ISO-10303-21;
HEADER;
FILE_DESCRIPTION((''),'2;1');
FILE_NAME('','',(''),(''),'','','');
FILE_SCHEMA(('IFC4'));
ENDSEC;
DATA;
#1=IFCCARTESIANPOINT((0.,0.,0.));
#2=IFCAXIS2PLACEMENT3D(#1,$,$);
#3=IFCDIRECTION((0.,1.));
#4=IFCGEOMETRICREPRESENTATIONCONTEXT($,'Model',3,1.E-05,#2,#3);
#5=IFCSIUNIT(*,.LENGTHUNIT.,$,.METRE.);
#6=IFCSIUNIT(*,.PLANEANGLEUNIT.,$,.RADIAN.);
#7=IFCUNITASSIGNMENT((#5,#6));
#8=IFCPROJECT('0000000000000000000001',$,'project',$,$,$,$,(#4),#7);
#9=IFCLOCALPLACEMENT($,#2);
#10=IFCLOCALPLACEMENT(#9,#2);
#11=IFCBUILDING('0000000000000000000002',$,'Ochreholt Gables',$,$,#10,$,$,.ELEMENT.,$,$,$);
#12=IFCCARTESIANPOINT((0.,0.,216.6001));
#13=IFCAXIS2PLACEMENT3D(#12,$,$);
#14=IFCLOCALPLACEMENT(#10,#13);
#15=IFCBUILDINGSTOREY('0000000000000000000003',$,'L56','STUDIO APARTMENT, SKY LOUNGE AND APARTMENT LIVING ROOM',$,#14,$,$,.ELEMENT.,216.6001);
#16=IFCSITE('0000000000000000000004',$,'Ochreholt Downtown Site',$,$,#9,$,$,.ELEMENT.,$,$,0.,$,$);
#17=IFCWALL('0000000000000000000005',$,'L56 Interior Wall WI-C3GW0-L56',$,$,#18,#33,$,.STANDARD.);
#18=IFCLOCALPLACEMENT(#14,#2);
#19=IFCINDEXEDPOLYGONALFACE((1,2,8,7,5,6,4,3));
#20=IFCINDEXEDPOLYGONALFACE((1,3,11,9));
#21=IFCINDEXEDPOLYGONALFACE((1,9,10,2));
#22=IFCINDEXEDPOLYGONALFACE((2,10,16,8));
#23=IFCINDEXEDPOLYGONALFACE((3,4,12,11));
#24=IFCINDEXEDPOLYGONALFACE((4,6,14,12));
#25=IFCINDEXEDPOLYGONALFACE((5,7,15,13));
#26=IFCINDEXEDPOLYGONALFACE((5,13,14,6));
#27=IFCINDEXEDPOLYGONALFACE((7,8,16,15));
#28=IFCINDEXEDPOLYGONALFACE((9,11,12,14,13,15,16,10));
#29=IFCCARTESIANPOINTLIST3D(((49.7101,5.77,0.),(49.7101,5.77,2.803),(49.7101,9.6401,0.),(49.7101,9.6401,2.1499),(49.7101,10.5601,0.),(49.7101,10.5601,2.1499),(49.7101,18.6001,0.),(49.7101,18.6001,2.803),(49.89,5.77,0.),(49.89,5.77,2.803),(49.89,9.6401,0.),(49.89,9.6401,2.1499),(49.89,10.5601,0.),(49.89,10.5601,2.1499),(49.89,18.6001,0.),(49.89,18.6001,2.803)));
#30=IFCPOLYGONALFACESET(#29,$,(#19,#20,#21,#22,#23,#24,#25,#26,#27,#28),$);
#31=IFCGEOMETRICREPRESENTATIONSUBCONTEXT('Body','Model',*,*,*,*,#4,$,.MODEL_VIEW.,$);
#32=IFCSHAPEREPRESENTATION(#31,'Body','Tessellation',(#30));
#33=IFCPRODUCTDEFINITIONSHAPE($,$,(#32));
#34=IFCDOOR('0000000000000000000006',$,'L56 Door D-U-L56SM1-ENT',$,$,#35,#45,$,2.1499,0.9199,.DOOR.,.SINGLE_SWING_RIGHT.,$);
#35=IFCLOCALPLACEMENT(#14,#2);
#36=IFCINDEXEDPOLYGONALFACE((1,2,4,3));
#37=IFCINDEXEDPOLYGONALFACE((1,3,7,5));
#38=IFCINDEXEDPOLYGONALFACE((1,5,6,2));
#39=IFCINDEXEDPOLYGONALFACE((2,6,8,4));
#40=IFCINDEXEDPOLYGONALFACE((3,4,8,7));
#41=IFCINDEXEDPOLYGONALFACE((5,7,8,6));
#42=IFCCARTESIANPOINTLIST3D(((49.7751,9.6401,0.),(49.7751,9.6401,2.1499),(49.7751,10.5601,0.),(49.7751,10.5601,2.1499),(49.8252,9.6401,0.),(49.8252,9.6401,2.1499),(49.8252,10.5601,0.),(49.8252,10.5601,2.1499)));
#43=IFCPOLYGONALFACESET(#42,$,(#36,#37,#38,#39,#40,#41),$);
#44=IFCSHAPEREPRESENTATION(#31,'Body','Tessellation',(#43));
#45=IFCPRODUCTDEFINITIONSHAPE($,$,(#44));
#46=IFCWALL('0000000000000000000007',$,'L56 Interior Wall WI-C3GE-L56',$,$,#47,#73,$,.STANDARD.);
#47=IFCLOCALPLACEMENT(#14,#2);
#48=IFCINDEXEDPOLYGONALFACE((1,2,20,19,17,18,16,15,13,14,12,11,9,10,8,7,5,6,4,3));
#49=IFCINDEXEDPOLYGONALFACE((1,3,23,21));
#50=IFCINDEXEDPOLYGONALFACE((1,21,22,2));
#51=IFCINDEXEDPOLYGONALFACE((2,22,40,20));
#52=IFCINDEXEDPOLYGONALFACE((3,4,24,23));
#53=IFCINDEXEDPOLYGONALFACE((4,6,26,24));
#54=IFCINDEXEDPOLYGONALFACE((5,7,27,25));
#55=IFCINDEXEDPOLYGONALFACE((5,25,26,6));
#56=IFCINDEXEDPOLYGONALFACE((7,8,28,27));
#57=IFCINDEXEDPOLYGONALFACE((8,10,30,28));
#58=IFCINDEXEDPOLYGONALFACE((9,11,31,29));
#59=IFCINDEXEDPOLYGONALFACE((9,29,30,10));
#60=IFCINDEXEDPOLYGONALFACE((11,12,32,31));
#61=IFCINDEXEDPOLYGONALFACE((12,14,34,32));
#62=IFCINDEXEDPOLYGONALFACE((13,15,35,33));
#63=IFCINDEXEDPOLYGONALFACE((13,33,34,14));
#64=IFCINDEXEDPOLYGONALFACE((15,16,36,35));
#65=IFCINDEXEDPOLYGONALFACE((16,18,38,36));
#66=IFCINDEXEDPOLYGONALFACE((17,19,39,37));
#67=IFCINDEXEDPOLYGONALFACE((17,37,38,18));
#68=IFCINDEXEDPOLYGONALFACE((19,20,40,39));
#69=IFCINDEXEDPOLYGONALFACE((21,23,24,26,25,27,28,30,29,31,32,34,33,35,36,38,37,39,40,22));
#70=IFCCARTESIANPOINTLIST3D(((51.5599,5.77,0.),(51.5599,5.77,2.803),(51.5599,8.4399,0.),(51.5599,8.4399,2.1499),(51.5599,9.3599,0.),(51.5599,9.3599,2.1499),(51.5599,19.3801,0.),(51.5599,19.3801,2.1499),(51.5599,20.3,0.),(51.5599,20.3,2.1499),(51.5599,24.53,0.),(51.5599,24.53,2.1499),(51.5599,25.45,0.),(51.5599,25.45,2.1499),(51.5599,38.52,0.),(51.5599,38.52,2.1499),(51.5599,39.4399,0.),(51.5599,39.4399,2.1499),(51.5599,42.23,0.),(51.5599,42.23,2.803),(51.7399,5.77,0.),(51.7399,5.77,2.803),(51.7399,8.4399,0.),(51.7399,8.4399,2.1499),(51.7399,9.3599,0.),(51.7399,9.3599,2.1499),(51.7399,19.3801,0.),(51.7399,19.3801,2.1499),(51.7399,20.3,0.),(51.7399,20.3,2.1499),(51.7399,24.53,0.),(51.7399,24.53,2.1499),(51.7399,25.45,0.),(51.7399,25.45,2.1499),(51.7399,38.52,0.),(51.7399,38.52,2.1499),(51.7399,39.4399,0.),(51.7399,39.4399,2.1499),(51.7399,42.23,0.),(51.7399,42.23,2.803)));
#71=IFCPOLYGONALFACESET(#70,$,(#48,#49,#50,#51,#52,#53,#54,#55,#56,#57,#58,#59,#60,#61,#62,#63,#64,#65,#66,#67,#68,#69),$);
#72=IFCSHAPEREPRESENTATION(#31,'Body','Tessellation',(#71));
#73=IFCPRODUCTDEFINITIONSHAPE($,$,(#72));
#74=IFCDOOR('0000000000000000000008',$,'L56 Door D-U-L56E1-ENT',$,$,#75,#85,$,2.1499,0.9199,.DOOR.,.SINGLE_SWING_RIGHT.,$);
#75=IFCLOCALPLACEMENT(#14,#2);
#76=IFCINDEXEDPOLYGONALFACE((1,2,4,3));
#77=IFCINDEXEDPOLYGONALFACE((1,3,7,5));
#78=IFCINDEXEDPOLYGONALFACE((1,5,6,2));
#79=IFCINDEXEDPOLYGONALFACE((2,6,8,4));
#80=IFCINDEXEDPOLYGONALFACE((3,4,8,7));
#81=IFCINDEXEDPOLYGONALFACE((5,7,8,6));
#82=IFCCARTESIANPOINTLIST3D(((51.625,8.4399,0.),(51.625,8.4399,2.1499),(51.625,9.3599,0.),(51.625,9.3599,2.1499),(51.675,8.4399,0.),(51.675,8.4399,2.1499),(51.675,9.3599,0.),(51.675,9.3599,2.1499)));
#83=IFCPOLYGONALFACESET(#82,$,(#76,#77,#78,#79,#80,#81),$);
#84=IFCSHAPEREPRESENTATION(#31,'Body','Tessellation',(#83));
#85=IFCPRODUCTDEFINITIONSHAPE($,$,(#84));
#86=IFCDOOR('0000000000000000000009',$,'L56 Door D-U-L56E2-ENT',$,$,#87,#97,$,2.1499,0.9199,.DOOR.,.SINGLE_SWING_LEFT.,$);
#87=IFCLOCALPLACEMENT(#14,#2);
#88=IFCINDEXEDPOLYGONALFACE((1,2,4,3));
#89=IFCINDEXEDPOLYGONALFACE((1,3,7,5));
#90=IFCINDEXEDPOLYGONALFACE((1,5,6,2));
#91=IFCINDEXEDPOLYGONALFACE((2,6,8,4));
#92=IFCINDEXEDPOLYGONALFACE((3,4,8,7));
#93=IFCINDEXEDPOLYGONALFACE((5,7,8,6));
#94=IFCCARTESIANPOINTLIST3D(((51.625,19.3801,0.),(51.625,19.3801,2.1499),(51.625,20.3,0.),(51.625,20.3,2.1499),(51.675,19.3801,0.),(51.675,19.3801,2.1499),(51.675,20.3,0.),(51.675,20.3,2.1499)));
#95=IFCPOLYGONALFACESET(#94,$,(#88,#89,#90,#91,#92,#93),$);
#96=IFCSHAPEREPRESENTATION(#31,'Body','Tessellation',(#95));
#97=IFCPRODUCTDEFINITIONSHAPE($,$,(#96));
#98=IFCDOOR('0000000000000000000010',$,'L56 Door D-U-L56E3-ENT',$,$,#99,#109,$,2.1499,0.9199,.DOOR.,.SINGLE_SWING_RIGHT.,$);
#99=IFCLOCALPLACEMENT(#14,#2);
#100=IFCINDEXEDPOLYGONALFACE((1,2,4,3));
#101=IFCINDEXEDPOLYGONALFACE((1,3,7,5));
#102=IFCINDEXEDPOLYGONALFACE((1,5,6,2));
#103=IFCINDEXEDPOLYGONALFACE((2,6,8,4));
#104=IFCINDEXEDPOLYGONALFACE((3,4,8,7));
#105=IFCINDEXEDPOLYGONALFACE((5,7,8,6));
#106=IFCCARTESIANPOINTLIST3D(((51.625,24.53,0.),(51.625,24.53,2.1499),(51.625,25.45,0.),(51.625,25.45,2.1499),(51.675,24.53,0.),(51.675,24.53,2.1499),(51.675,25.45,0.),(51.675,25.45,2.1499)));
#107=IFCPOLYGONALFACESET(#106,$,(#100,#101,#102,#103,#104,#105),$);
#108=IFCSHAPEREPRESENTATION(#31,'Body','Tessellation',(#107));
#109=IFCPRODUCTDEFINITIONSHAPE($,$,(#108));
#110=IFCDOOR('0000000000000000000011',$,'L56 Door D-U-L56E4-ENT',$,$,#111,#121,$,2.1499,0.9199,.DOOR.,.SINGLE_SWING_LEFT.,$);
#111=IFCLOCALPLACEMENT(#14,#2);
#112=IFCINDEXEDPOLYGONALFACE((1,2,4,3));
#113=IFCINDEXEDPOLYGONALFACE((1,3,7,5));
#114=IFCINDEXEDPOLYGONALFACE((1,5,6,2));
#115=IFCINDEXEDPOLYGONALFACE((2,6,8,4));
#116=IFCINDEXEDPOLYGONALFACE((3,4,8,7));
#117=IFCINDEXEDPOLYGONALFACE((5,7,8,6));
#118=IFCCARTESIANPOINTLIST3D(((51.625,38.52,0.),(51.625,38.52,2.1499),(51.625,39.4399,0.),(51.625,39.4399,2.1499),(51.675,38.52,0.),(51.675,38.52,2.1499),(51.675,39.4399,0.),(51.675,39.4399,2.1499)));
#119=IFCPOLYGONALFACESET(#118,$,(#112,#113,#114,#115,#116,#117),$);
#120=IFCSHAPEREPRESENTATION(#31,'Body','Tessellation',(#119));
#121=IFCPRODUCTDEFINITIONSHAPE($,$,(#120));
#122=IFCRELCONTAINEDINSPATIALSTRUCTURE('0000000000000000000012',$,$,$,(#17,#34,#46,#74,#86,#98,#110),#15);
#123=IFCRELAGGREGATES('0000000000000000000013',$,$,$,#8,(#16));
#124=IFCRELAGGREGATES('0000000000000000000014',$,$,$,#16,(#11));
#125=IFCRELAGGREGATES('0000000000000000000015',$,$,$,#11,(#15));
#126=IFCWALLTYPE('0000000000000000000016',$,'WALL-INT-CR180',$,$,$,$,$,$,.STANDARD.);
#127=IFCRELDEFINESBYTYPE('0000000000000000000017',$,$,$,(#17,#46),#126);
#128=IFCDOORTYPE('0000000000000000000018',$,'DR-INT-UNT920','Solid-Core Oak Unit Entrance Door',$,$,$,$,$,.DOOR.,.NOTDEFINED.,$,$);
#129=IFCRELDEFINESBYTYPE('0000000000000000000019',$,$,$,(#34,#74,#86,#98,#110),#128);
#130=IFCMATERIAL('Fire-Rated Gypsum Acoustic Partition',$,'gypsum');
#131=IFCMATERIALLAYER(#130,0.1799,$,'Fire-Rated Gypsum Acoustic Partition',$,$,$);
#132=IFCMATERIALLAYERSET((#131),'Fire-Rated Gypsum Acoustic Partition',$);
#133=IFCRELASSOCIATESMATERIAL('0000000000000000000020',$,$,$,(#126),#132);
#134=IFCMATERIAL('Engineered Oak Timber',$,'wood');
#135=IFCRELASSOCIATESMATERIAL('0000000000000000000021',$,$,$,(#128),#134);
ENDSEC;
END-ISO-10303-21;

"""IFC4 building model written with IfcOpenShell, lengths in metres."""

from ifc_helpers import new_model, si_unit, direction, frame, frame_2d, origin, place, context, subcontext, project, spatial, rectangle, extrude, material, layer, layer_set, type_object, element, fill, save


model = new_model("IFC4")

# Units and contexts
model_context = context("Model", 3, precision=1e-05, world=origin(), true_north=direction((0.0, 1.0)))
body_context = subcontext(model_context, "Body", "Model", "MODEL_VIEW")
ifc_project = project(units=[si_unit("LENGTHUNIT", "METRE"), si_unit("PLANEANGLEUNIT", "RADIAN")], contexts=[model_context])

# Site, building, storey
site_placement = place(None, origin())
site = spatial("IfcSite", under=ifc_project, at=site_placement, Name="Ochreholt Downtown Site", CompositionType="ELEMENT", RefElevation=0.0)
building_placement = place(site_placement, origin())
building = spatial("IfcBuilding", under=site, at=building_placement, Name="Ochreholt Gables", CompositionType="ELEMENT")
storey_placement = place(building_placement, frame((0.0, 0.0, 216.6001)))
storey = spatial("IfcBuildingStorey", under=building, at=storey_placement, Name="L56", Description="STUDIO APARTMENT, SKY LOUNGE AND APARTMENT LIVING ROOM", CompositionType="ELEMENT", Elevation=216.6001)

# Wall, opening, door
ifc_material_1 = material(Name="Fire-Rated Gypsum Acoustic Partition", Category="gypsum")
ifc_layer_1 = layer(ifc_material_1, 0.1799, Name="Fire-Rated Gypsum Acoustic Partition")
ifc_layer_set_1 = layer_set([ifc_layer_1], Name="Fire-Rated Gypsum Acoustic Partition")
wall_type_1 = type_object("IfcWallType", Name="WALL-INT-CR180", PredefinedType="STANDARD", material=ifc_layer_set_1)
wall_1_placement = place(storey_placement, frame((49.8, 5.77, 0.0), z_axis=(0.0, 0.0, 1.0), x_axis=(0.0, 1.0, 0.0)))
wall_1 = element("IfcWall", 1, at=wall_1_placement, inside=storey, type_object=wall_type_1, Name="L56 Interior Wall WI-C3GW0-L56", PredefinedType="STANDARD", context=body_context, shape_type="SweptSolid", body=[
    extrude(rectangle(XDim=12.8301, YDim=0.1799, at=frame_2d((6.415, 0.0))), origin(), (0.0, 0.0, 1.0), 2.803),
])
opening_1_placement = place(wall_1_placement, frame((3.8701, 0.0, 0.0)))
opening_1 = element("IfcOpeningElement", 2, at=opening_1_placement, cuts=wall_1, PredefinedType="OPENING", context=body_context, shape_type="SweptSolid", body=[
    extrude(rectangle(XDim=0.9199, YDim=2.1499, at=frame_2d((0.46, 1.075))), frame((0.0, 0.0999, 0.0), z_axis=(0.0, -1.0, 0.0), x_axis=(1.0, 0.0, 0.0)), (0.0, 0.0, 1.0), 0.2),
])
ifc_material_2 = material(Name="Engineered Oak Timber", Category="wood")
door_type_1 = type_object("IfcDoorType", Name="DR-INT-UNT920", Description="Solid-Core Oak Unit Entrance Door", OperationType="NOTDEFINED", PredefinedType="DOOR", material=ifc_material_2)
door_1_placement = place(opening_1_placement, origin())
door_1 = element("IfcDoor", 3, at=door_1_placement, inside=storey, type_object=door_type_1, Name="L56 Door D-U-L56SM1-ENT", OperationType="SINGLE_SWING_RIGHT", OverallHeight=2.1499, OverallWidth=0.9199, PredefinedType="DOOR", context=body_context, shape_type="SweptSolid", body=[
    extrude(rectangle(XDim=0.9199, YDim=2.1499, at=frame_2d((0.46, 1.075))), frame((0.0, 0.0249, 0.0), z_axis=(0.0, -1.0, 0.0), x_axis=(1.0, 0.0, 0.0)), (0.0, 0.0, 1.0), 0.05),
])
fill(opening_1, door_1)

# Wall, openings, doors
wall_2_placement = place(storey_placement, frame((51.6499, 5.77, 0.0), z_axis=(0.0, 0.0, 1.0), x_axis=(0.0, 1.0, 0.0)))
wall_2 = element("IfcWall", 4, at=wall_2_placement, inside=storey, type_object=wall_type_1, Name="L56 Interior Wall WI-C3GE-L56", PredefinedType="STANDARD", context=body_context, shape_type="SweptSolid", body=[
    extrude(rectangle(XDim=36.46, YDim=0.1799, at=frame_2d((18.23, 0.0))), origin(), (0.0, 0.0, 1.0), 2.803),
])
opening_2_placement = place(wall_2_placement, frame((2.6699, 0.0, 0.0)))
opening_2 = element("IfcOpeningElement", 5, at=opening_2_placement, cuts=wall_2, PredefinedType="OPENING", context=body_context, shape_type="SweptSolid", body=[
    extrude(rectangle(XDim=0.9199, YDim=2.1499, at=frame_2d((0.46, 1.075))), frame((0.0, 0.0999, 0.0), z_axis=(0.0, -1.0, 0.0), x_axis=(1.0, 0.0, 0.0)), (0.0, 0.0, 1.0), 0.2),
])
opening_3_placement = place(wall_2_placement, frame((13.6101, 0.0, 0.0)))
opening_3 = element("IfcOpeningElement", 6, at=opening_3_placement, cuts=wall_2, PredefinedType="OPENING", context=body_context, shape_type="SweptSolid", body=[
    extrude(rectangle(XDim=0.9199, YDim=2.1499, at=frame_2d((0.46, 1.075))), frame((0.0, 0.0999, 0.0), z_axis=(0.0, -1.0, 0.0), x_axis=(1.0, 0.0, 0.0)), (0.0, 0.0, 1.0), 0.2),
])
opening_4_placement = place(wall_2_placement, frame((18.76, 0.0, 0.0)))
opening_4 = element("IfcOpeningElement", 7, at=opening_4_placement, cuts=wall_2, PredefinedType="OPENING", context=body_context, shape_type="SweptSolid", body=[
    extrude(rectangle(XDim=0.9199, YDim=2.1499, at=frame_2d((0.46, 1.075))), frame((0.0, 0.0999, 0.0), z_axis=(0.0, -1.0, 0.0), x_axis=(1.0, 0.0, 0.0)), (0.0, 0.0, 1.0), 0.2),
])
opening_5_placement = place(wall_2_placement, frame((32.75, 0.0, 0.0)))
opening_5 = element("IfcOpeningElement", 8, at=opening_5_placement, cuts=wall_2, PredefinedType="OPENING", context=body_context, shape_type="SweptSolid", body=[
    extrude(rectangle(XDim=0.9199, YDim=2.1499, at=frame_2d((0.46, 1.075))), frame((0.0, 0.0999, 0.0), z_axis=(0.0, -1.0, 0.0), x_axis=(1.0, 0.0, 0.0)), (0.0, 0.0, 1.0), 0.2),
])
door_2_placement = place(opening_2_placement, origin())
door_2 = element("IfcDoor", 9, at=door_2_placement, inside=storey, type_object=door_type_1, Name="L56 Door D-U-L56E1-ENT", OperationType="SINGLE_SWING_RIGHT", OverallHeight=2.1499, OverallWidth=0.9199, PredefinedType="DOOR", context=body_context, shape_type="SweptSolid", body=[
    extrude(rectangle(XDim=0.9199, YDim=2.1499, at=frame_2d((0.46, 1.075))), frame((0.0, 0.0249, 0.0), z_axis=(0.0, -1.0, 0.0), x_axis=(1.0, 0.0, 0.0)), (0.0, 0.0, 1.0), 0.05),
])
fill(opening_2, door_2)
door_3_placement = place(opening_3_placement, origin())
door_3 = element("IfcDoor", 10, at=door_3_placement, inside=storey, type_object=door_type_1, Name="L56 Door D-U-L56E2-ENT", OperationType="SINGLE_SWING_LEFT", OverallHeight=2.1499, OverallWidth=0.9199, PredefinedType="DOOR", context=body_context, shape_type="SweptSolid", body=[
    extrude(rectangle(XDim=0.9199, YDim=2.1499, at=frame_2d((0.46, 1.075))), frame((0.0, 0.0249, 0.0), z_axis=(0.0, -1.0, 0.0), x_axis=(1.0, 0.0, 0.0)), (0.0, 0.0, 1.0), 0.05),
])
fill(opening_3, door_3)
door_4_placement = place(opening_4_placement, origin())
door_4 = element("IfcDoor", 11, at=door_4_placement, inside=storey, type_object=door_type_1, Name="L56 Door D-U-L56E3-ENT", OperationType="SINGLE_SWING_RIGHT", OverallHeight=2.1499, OverallWidth=0.9199, PredefinedType="DOOR", context=body_context, shape_type="SweptSolid", body=[
    extrude(rectangle(XDim=0.9199, YDim=2.1499, at=frame_2d((0.46, 1.075))), frame((0.0, 0.0249, 0.0), z_axis=(0.0, -1.0, 0.0), x_axis=(1.0, 0.0, 0.0)), (0.0, 0.0, 1.0), 0.05),
])
fill(opening_4, door_4)
door_5_placement = place(opening_5_placement, origin())
door_5 = element("IfcDoor", 12, at=door_5_placement, inside=storey, type_object=door_type_1, Name="L56 Door D-U-L56E4-ENT", OperationType="SINGLE_SWING_LEFT", OverallHeight=2.1499, OverallWidth=0.9199, PredefinedType="DOOR", context=body_context, shape_type="SweptSolid", body=[
    extrude(rectangle(XDim=0.9199, YDim=2.1499, at=frame_2d((0.46, 1.075))), frame((0.0, 0.0249, 0.0), z_axis=(0.0, -1.0, 0.0), x_axis=(1.0, 0.0, 0.0)), (0.0, 0.0, 1.0), 0.05),
])
fill(opening_5, door_5)

save(model, "model.ifc")
